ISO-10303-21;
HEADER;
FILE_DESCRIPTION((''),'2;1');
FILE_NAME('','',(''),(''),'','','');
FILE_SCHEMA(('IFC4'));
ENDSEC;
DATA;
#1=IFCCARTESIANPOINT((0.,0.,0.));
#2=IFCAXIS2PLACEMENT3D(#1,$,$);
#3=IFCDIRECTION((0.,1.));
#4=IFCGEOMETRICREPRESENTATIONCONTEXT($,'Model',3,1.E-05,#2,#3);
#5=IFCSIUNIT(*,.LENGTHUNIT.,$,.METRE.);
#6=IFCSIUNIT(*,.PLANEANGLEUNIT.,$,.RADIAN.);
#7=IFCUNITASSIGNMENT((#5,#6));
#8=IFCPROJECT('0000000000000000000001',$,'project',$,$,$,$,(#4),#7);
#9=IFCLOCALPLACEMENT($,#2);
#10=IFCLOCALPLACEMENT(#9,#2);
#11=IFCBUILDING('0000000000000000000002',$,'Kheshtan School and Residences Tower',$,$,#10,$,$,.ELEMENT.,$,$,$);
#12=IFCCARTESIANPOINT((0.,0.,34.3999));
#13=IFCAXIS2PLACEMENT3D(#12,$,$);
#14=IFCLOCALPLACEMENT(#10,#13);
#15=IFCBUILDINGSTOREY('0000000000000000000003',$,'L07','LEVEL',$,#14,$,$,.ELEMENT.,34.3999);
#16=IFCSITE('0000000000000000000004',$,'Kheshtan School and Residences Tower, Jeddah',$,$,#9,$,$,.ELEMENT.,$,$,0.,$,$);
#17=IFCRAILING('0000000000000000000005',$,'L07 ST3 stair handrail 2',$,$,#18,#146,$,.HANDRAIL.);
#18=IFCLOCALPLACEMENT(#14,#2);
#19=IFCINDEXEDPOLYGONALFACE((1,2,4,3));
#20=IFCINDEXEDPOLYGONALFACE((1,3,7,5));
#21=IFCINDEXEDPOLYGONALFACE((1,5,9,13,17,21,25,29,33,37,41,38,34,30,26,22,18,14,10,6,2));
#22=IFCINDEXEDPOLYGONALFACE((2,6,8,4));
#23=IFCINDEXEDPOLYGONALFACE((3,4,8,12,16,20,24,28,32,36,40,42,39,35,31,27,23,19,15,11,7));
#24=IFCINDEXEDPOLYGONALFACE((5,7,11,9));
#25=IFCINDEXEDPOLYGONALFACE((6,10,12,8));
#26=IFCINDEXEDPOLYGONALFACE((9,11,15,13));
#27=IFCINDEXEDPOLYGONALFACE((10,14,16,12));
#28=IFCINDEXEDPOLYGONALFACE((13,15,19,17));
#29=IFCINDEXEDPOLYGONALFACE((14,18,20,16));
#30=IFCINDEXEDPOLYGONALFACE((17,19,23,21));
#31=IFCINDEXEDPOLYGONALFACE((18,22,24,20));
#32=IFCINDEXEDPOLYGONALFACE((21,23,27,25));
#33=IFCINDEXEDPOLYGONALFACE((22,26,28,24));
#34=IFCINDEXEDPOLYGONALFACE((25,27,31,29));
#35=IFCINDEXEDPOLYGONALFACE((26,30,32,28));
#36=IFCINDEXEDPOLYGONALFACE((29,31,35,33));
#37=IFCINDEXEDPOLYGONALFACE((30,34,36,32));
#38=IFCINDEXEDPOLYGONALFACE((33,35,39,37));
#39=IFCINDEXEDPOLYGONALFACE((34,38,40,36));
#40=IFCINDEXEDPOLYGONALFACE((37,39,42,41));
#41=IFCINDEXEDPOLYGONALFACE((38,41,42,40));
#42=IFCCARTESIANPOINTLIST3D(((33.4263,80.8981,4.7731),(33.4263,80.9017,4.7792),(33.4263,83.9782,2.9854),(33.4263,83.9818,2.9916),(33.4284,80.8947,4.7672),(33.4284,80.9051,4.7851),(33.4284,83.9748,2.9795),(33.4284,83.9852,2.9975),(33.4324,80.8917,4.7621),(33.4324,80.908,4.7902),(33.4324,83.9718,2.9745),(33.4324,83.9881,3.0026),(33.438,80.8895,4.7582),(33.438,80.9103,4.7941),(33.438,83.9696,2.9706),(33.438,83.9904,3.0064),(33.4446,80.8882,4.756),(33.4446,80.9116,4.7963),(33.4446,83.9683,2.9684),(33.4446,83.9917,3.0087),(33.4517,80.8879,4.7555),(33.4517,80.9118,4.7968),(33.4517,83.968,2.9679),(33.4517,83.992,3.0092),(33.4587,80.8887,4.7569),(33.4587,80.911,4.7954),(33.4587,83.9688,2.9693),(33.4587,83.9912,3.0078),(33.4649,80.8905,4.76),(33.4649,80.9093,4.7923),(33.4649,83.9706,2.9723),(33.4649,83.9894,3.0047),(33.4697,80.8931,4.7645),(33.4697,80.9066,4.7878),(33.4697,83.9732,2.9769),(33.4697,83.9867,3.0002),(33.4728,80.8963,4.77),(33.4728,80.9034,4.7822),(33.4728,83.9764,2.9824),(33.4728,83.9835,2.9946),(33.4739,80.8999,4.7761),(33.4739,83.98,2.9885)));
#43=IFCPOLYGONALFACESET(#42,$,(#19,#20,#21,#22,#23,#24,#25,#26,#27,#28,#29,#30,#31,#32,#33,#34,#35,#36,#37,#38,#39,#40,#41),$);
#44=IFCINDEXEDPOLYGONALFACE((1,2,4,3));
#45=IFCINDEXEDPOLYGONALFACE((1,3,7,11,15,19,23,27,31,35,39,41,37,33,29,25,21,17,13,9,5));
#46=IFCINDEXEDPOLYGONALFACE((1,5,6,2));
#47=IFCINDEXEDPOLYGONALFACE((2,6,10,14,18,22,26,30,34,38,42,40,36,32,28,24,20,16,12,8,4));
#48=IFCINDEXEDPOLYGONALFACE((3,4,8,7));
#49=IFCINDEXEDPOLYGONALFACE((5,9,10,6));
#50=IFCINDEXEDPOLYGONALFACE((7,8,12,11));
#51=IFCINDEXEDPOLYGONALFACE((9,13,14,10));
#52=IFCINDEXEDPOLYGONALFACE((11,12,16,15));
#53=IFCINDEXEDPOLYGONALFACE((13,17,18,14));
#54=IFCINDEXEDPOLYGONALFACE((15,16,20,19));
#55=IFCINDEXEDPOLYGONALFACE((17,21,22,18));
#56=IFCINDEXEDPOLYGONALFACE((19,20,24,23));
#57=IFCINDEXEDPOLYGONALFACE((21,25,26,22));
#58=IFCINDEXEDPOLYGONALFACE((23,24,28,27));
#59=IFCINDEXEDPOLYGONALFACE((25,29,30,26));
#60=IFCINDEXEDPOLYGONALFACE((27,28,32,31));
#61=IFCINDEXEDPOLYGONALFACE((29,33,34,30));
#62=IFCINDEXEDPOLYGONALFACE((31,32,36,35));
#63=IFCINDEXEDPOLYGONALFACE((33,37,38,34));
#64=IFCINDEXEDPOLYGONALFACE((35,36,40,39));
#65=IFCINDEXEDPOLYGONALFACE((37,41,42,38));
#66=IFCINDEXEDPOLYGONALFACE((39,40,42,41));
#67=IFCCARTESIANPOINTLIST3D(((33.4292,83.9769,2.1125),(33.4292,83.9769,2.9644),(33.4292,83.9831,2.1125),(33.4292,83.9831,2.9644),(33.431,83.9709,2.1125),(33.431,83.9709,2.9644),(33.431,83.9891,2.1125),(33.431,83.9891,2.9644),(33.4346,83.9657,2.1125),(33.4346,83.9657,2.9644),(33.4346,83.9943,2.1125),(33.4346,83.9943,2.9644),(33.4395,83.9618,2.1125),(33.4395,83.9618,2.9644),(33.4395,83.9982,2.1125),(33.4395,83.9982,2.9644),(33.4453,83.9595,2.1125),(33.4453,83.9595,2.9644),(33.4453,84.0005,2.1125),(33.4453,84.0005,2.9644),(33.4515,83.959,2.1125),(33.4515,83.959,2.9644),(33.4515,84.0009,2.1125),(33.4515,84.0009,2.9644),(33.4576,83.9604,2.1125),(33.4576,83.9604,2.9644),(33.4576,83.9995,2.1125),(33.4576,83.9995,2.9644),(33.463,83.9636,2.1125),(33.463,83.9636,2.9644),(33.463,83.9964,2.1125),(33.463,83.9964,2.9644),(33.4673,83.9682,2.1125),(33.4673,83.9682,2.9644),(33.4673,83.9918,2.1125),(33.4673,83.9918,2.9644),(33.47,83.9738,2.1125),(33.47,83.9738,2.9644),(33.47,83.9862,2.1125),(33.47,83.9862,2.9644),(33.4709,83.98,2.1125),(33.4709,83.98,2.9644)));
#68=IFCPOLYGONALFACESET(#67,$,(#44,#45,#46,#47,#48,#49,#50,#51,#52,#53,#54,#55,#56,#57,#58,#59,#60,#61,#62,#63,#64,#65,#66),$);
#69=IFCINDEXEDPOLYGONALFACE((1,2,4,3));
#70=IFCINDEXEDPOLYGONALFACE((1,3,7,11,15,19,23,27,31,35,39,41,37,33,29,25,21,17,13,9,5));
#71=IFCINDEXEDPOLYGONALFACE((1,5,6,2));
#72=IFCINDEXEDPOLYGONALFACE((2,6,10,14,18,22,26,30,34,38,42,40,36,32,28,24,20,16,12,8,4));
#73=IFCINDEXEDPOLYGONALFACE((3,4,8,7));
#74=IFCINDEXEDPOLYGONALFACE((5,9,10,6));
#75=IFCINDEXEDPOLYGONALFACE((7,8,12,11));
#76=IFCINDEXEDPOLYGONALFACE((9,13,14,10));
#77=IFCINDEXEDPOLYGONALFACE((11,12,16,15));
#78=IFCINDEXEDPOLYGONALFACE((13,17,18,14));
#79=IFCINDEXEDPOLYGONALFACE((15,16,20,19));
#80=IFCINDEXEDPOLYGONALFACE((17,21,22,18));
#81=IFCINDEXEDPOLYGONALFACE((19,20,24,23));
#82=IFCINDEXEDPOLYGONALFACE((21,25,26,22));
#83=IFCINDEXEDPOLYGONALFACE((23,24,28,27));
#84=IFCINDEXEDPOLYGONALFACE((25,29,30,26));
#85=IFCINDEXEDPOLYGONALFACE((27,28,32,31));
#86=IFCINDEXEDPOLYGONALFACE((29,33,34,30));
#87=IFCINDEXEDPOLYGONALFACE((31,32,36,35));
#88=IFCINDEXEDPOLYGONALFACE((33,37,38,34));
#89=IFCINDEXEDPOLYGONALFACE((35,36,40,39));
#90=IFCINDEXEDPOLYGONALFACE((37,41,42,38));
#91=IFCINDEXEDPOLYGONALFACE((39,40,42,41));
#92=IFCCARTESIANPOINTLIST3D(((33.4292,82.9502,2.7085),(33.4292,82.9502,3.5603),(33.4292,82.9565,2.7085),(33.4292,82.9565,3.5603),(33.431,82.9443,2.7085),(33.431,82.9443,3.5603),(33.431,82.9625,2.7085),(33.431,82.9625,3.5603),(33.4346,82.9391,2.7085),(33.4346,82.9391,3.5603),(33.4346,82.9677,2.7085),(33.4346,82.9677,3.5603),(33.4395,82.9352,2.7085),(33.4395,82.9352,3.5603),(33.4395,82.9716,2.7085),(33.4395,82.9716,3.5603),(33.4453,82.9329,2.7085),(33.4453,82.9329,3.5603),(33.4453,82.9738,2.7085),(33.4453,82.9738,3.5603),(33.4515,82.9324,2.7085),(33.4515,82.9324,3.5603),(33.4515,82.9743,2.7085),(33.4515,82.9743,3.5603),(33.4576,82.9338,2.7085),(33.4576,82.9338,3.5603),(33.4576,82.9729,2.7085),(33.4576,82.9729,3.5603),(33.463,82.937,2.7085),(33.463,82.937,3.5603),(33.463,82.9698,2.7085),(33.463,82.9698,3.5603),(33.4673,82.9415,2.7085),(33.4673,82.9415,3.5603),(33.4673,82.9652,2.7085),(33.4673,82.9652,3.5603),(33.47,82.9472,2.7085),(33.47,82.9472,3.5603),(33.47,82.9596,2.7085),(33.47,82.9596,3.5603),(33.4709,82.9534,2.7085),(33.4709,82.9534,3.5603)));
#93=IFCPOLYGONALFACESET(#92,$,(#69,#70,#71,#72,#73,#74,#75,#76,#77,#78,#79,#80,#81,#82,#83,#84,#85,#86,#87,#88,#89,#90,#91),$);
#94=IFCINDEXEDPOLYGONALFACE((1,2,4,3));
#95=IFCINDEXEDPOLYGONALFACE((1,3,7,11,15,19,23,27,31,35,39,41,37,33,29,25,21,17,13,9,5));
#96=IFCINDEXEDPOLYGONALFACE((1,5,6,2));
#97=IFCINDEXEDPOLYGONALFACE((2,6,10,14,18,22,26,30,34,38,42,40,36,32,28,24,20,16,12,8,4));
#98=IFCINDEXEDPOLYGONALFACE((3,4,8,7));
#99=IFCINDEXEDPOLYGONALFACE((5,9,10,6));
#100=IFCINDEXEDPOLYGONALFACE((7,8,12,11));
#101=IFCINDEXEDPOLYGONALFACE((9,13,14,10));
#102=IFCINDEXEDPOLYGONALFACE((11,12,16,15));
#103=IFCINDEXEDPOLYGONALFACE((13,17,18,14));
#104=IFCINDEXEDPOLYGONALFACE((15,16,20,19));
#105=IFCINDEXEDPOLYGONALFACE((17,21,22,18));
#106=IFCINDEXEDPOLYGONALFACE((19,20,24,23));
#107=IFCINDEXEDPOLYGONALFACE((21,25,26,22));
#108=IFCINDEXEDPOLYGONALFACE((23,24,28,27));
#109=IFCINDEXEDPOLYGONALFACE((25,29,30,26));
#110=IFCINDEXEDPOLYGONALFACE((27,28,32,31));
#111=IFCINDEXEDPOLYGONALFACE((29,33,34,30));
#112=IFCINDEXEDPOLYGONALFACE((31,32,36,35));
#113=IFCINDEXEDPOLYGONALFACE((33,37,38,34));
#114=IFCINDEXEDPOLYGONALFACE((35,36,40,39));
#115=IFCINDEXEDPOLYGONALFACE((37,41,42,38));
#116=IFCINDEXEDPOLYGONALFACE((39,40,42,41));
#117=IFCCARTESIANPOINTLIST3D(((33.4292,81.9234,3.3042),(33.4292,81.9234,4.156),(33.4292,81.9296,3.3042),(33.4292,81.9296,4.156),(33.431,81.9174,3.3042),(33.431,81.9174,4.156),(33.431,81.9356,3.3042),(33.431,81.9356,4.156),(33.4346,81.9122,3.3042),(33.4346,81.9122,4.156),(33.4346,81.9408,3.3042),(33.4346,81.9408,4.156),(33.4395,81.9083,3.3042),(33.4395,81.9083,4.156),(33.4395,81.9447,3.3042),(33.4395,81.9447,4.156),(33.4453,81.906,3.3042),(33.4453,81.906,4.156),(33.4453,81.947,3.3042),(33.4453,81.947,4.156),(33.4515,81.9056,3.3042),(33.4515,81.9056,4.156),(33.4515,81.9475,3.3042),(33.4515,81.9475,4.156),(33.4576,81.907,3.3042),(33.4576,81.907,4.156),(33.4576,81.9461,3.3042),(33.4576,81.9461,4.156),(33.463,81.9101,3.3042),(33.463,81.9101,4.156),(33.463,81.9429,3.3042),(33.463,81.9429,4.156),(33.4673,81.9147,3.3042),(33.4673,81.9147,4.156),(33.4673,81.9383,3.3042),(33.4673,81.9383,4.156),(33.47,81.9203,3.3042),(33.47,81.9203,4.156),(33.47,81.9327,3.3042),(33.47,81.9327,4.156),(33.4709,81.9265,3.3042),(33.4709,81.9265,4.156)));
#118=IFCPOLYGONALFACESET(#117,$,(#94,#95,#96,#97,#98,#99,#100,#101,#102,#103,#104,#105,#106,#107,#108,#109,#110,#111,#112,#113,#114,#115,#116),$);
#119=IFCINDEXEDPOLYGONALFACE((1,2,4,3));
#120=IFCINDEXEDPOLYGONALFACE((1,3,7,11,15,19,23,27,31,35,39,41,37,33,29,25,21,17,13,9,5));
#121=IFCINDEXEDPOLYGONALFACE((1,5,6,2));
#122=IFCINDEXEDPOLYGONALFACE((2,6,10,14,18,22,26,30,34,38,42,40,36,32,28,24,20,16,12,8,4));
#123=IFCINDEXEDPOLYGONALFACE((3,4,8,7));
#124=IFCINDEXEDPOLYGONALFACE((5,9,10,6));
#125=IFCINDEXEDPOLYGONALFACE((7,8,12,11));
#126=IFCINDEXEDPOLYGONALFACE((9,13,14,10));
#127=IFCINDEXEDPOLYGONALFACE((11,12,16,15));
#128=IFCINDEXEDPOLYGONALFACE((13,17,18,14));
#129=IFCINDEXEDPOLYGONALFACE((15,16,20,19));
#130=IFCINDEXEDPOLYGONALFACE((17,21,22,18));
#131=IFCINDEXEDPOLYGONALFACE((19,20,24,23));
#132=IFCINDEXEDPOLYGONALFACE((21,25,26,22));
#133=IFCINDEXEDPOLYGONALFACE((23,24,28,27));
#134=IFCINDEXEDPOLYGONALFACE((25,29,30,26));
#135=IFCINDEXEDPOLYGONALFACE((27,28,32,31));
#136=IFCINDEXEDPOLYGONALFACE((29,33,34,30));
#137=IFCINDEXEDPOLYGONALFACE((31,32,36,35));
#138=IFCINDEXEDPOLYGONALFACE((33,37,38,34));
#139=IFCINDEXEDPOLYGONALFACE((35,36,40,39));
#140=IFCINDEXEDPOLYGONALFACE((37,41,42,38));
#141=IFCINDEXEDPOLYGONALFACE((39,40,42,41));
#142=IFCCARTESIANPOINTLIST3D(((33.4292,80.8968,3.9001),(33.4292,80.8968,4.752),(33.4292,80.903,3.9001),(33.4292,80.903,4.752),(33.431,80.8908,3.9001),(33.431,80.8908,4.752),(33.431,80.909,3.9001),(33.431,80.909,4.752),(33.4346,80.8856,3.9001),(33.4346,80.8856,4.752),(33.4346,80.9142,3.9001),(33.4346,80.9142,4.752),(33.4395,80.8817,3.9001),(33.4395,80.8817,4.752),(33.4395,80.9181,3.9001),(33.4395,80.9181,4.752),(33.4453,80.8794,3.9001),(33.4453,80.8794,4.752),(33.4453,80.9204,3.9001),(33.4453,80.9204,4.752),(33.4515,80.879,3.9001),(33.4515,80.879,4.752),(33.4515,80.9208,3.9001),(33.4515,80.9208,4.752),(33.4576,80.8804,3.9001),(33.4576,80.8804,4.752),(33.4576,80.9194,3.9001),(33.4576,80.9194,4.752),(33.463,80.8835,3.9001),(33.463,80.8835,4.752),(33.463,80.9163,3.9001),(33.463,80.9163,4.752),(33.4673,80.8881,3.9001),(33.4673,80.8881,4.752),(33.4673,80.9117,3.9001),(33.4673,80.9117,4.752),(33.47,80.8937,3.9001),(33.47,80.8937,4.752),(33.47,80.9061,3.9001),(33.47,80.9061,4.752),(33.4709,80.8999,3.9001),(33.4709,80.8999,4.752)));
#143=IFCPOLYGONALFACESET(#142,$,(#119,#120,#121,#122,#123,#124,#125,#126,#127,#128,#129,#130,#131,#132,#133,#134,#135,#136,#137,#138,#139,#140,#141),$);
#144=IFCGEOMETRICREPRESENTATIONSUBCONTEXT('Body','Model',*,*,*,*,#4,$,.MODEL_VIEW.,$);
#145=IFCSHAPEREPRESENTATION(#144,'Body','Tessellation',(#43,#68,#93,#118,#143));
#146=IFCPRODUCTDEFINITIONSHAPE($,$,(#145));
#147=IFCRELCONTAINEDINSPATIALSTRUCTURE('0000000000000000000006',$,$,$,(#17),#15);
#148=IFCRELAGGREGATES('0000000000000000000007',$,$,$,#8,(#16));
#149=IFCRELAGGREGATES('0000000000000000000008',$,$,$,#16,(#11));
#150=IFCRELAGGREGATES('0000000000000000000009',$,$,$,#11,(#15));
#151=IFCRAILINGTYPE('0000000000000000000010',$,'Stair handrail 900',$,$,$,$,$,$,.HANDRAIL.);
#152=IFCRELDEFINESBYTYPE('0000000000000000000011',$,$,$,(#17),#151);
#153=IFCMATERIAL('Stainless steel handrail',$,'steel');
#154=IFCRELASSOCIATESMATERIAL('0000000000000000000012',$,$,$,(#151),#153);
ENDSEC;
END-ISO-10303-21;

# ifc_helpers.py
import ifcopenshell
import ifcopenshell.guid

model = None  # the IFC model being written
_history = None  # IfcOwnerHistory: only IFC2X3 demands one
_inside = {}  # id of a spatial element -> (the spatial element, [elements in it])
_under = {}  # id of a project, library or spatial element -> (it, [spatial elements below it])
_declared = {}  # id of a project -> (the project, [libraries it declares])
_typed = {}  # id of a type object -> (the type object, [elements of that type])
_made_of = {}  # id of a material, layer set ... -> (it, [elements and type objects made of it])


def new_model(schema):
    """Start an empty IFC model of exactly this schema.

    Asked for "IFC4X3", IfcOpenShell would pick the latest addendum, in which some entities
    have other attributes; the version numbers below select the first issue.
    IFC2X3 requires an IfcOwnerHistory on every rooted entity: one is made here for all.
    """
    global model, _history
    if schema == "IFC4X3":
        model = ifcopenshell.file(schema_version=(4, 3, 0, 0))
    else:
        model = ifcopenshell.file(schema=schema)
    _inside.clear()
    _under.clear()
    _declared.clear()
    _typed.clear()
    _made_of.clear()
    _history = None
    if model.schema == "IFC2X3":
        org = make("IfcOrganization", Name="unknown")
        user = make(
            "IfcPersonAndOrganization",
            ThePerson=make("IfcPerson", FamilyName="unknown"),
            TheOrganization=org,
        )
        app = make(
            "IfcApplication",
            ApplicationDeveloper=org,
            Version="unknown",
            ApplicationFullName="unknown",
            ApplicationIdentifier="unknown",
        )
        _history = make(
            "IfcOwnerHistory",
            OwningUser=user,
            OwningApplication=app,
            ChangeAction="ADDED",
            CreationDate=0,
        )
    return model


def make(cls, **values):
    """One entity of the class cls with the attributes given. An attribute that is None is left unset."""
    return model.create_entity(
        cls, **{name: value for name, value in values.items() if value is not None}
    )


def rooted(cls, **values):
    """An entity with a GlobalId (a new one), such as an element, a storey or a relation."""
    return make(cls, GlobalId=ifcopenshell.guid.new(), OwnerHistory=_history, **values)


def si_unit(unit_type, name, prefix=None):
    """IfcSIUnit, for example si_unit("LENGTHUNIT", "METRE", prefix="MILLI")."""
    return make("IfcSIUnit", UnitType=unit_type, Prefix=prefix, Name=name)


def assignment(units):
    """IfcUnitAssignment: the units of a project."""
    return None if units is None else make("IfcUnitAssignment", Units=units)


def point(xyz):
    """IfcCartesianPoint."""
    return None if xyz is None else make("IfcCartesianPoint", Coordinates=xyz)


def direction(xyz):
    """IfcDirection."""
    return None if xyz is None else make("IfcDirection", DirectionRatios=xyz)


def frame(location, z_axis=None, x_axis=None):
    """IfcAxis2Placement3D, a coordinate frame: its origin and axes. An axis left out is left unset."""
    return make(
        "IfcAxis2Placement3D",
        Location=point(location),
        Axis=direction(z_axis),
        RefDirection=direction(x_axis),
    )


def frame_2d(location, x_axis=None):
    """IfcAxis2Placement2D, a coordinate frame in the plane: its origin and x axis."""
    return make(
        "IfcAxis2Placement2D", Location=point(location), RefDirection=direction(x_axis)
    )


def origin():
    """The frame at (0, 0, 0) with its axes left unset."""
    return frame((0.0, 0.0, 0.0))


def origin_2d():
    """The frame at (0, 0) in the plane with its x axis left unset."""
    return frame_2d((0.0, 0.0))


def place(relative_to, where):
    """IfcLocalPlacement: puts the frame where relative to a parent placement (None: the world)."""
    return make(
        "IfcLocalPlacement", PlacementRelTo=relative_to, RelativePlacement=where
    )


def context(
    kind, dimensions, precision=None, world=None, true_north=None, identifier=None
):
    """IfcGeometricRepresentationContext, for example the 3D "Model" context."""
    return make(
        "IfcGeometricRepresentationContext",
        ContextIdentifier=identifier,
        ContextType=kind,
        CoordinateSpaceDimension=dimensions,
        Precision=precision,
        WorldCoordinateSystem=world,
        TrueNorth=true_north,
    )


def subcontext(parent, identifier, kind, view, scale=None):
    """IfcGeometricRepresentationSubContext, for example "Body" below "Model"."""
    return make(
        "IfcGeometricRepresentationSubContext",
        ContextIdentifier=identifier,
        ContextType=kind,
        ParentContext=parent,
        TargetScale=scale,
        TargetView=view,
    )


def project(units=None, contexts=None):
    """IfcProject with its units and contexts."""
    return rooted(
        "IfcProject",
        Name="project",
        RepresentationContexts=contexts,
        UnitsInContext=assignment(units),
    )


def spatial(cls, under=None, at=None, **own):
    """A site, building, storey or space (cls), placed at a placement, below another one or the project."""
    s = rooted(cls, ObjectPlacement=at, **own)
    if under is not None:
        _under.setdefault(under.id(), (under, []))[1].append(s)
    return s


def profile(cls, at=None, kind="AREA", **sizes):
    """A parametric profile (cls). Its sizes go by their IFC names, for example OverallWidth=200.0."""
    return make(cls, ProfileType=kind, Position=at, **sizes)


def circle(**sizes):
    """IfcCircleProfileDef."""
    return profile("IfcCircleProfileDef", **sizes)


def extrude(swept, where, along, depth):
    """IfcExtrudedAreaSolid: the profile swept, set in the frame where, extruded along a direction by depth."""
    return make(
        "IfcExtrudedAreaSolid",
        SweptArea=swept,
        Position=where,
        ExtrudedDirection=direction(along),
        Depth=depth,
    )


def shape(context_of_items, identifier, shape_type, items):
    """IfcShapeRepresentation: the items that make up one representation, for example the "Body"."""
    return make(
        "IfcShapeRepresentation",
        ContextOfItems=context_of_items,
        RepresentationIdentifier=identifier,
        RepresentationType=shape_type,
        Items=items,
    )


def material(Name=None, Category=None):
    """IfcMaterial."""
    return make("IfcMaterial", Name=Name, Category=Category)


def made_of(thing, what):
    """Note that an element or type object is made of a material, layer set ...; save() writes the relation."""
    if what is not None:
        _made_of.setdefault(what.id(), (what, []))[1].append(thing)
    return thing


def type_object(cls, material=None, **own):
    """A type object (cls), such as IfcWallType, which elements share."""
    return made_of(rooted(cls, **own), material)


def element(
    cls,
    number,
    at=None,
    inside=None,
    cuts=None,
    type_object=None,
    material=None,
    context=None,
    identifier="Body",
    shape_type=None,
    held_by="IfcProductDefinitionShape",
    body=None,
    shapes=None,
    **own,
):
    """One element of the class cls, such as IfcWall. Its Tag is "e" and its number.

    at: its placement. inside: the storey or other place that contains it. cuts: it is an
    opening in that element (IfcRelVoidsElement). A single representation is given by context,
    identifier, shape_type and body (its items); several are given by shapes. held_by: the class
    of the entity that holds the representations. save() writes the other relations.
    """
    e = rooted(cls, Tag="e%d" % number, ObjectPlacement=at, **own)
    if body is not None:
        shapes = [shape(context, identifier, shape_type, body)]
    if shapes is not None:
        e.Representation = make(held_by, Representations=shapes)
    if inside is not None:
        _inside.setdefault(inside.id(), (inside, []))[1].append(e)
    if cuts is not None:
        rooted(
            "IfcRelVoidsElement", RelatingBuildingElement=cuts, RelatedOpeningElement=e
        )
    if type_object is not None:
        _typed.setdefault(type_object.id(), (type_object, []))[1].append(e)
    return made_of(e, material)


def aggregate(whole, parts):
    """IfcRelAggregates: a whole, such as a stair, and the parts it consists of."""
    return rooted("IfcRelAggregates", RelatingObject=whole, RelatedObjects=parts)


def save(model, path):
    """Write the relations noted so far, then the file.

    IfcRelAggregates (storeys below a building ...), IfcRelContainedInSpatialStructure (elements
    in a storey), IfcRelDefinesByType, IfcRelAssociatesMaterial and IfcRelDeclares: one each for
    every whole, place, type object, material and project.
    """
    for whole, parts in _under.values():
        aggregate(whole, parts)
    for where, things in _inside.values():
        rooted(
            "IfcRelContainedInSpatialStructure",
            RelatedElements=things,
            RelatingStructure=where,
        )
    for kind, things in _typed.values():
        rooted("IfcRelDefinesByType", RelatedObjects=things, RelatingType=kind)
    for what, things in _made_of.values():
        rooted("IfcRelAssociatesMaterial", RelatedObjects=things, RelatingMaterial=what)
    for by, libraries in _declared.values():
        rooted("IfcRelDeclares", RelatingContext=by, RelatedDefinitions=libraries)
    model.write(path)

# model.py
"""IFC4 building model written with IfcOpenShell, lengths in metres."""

from ifc_helpers import new_model, si_unit, direction, frame, origin, origin_2d, place, context, subcontext, project, spatial, circle, extrude, material, type_object, element, save


model = new_model("IFC4")

# Units and contexts
model_context = context("Model", 3, precision=1e-05, world=origin(), true_north=direction((0.0, 1.0)))
body_context = subcontext(model_context, "Body", "Model", "MODEL_VIEW")
ifc_project = project(units=[si_unit("LENGTHUNIT", "METRE"), si_unit("PLANEANGLEUNIT", "RADIAN")], contexts=[model_context])

# Site, building, storey
site_placement = place(None, origin())
site = spatial("IfcSite", under=ifc_project, at=site_placement, Name="Kheshtan School and Residences Tower, Jeddah", CompositionType="ELEMENT", RefElevation=0.0)
building_placement = place(site_placement, origin())
building = spatial("IfcBuilding", under=site, at=building_placement, Name="Kheshtan School and Residences Tower", CompositionType="ELEMENT")
storey_placement = place(building_placement, frame((0.0, 0.0, 34.3999)))
storey = spatial("IfcBuildingStorey", under=building, at=storey_placement, Name="L07", Description="LEVEL", CompositionType="ELEMENT", Elevation=34.3999)

# Railing
ifc_material_1 = material(Name="Stainless steel handrail", Category="steel")
railing_type_1 = type_object("IfcRailingType", Name="Stair handrail 900", PredefinedType="HANDRAIL", material=ifc_material_1)
railing_1_placement = place(storey_placement, frame((33.45, 83.98, 2.1125)))
element("IfcRailing", 1, at=railing_1_placement, inside=storey, type_object=railing_type_1, Name="L07 ST3 stair handrail 2", PredefinedType="HANDRAIL", context=body_context, shape_type="SweptSolid", body=[
    extrude(circle(Radius=0.0239, at=origin_2d()), frame((0.0, 0.0, 0.876), z_axis=(0.0, -0.864891, 0.50196), x_axis=(1.0, 0.0, 0.0)), (0.0, 0.0, 1.0), 3.5613),
    extrude(circle(Radius=0.021, at=origin_2d()), origin(), (0.0, 0.0, 1.0), 0.8518),
    extrude(circle(Radius=0.021, at=origin_2d()), frame((0.0, -1.0266, 0.5959)), (0.0, 0.0, 1.0), 0.8518),
    extrude(circle(Radius=0.021, at=origin_2d()), frame((0.0, -2.0535, 1.1917)), (0.0, 0.0, 1.0), 0.8518),
    extrude(circle(Radius=0.021, at=origin_2d()), frame((0.0, -3.0801, 1.7876)), (0.0, 0.0, 1.0), 0.8518),
])

save(model, "model.ifc")
